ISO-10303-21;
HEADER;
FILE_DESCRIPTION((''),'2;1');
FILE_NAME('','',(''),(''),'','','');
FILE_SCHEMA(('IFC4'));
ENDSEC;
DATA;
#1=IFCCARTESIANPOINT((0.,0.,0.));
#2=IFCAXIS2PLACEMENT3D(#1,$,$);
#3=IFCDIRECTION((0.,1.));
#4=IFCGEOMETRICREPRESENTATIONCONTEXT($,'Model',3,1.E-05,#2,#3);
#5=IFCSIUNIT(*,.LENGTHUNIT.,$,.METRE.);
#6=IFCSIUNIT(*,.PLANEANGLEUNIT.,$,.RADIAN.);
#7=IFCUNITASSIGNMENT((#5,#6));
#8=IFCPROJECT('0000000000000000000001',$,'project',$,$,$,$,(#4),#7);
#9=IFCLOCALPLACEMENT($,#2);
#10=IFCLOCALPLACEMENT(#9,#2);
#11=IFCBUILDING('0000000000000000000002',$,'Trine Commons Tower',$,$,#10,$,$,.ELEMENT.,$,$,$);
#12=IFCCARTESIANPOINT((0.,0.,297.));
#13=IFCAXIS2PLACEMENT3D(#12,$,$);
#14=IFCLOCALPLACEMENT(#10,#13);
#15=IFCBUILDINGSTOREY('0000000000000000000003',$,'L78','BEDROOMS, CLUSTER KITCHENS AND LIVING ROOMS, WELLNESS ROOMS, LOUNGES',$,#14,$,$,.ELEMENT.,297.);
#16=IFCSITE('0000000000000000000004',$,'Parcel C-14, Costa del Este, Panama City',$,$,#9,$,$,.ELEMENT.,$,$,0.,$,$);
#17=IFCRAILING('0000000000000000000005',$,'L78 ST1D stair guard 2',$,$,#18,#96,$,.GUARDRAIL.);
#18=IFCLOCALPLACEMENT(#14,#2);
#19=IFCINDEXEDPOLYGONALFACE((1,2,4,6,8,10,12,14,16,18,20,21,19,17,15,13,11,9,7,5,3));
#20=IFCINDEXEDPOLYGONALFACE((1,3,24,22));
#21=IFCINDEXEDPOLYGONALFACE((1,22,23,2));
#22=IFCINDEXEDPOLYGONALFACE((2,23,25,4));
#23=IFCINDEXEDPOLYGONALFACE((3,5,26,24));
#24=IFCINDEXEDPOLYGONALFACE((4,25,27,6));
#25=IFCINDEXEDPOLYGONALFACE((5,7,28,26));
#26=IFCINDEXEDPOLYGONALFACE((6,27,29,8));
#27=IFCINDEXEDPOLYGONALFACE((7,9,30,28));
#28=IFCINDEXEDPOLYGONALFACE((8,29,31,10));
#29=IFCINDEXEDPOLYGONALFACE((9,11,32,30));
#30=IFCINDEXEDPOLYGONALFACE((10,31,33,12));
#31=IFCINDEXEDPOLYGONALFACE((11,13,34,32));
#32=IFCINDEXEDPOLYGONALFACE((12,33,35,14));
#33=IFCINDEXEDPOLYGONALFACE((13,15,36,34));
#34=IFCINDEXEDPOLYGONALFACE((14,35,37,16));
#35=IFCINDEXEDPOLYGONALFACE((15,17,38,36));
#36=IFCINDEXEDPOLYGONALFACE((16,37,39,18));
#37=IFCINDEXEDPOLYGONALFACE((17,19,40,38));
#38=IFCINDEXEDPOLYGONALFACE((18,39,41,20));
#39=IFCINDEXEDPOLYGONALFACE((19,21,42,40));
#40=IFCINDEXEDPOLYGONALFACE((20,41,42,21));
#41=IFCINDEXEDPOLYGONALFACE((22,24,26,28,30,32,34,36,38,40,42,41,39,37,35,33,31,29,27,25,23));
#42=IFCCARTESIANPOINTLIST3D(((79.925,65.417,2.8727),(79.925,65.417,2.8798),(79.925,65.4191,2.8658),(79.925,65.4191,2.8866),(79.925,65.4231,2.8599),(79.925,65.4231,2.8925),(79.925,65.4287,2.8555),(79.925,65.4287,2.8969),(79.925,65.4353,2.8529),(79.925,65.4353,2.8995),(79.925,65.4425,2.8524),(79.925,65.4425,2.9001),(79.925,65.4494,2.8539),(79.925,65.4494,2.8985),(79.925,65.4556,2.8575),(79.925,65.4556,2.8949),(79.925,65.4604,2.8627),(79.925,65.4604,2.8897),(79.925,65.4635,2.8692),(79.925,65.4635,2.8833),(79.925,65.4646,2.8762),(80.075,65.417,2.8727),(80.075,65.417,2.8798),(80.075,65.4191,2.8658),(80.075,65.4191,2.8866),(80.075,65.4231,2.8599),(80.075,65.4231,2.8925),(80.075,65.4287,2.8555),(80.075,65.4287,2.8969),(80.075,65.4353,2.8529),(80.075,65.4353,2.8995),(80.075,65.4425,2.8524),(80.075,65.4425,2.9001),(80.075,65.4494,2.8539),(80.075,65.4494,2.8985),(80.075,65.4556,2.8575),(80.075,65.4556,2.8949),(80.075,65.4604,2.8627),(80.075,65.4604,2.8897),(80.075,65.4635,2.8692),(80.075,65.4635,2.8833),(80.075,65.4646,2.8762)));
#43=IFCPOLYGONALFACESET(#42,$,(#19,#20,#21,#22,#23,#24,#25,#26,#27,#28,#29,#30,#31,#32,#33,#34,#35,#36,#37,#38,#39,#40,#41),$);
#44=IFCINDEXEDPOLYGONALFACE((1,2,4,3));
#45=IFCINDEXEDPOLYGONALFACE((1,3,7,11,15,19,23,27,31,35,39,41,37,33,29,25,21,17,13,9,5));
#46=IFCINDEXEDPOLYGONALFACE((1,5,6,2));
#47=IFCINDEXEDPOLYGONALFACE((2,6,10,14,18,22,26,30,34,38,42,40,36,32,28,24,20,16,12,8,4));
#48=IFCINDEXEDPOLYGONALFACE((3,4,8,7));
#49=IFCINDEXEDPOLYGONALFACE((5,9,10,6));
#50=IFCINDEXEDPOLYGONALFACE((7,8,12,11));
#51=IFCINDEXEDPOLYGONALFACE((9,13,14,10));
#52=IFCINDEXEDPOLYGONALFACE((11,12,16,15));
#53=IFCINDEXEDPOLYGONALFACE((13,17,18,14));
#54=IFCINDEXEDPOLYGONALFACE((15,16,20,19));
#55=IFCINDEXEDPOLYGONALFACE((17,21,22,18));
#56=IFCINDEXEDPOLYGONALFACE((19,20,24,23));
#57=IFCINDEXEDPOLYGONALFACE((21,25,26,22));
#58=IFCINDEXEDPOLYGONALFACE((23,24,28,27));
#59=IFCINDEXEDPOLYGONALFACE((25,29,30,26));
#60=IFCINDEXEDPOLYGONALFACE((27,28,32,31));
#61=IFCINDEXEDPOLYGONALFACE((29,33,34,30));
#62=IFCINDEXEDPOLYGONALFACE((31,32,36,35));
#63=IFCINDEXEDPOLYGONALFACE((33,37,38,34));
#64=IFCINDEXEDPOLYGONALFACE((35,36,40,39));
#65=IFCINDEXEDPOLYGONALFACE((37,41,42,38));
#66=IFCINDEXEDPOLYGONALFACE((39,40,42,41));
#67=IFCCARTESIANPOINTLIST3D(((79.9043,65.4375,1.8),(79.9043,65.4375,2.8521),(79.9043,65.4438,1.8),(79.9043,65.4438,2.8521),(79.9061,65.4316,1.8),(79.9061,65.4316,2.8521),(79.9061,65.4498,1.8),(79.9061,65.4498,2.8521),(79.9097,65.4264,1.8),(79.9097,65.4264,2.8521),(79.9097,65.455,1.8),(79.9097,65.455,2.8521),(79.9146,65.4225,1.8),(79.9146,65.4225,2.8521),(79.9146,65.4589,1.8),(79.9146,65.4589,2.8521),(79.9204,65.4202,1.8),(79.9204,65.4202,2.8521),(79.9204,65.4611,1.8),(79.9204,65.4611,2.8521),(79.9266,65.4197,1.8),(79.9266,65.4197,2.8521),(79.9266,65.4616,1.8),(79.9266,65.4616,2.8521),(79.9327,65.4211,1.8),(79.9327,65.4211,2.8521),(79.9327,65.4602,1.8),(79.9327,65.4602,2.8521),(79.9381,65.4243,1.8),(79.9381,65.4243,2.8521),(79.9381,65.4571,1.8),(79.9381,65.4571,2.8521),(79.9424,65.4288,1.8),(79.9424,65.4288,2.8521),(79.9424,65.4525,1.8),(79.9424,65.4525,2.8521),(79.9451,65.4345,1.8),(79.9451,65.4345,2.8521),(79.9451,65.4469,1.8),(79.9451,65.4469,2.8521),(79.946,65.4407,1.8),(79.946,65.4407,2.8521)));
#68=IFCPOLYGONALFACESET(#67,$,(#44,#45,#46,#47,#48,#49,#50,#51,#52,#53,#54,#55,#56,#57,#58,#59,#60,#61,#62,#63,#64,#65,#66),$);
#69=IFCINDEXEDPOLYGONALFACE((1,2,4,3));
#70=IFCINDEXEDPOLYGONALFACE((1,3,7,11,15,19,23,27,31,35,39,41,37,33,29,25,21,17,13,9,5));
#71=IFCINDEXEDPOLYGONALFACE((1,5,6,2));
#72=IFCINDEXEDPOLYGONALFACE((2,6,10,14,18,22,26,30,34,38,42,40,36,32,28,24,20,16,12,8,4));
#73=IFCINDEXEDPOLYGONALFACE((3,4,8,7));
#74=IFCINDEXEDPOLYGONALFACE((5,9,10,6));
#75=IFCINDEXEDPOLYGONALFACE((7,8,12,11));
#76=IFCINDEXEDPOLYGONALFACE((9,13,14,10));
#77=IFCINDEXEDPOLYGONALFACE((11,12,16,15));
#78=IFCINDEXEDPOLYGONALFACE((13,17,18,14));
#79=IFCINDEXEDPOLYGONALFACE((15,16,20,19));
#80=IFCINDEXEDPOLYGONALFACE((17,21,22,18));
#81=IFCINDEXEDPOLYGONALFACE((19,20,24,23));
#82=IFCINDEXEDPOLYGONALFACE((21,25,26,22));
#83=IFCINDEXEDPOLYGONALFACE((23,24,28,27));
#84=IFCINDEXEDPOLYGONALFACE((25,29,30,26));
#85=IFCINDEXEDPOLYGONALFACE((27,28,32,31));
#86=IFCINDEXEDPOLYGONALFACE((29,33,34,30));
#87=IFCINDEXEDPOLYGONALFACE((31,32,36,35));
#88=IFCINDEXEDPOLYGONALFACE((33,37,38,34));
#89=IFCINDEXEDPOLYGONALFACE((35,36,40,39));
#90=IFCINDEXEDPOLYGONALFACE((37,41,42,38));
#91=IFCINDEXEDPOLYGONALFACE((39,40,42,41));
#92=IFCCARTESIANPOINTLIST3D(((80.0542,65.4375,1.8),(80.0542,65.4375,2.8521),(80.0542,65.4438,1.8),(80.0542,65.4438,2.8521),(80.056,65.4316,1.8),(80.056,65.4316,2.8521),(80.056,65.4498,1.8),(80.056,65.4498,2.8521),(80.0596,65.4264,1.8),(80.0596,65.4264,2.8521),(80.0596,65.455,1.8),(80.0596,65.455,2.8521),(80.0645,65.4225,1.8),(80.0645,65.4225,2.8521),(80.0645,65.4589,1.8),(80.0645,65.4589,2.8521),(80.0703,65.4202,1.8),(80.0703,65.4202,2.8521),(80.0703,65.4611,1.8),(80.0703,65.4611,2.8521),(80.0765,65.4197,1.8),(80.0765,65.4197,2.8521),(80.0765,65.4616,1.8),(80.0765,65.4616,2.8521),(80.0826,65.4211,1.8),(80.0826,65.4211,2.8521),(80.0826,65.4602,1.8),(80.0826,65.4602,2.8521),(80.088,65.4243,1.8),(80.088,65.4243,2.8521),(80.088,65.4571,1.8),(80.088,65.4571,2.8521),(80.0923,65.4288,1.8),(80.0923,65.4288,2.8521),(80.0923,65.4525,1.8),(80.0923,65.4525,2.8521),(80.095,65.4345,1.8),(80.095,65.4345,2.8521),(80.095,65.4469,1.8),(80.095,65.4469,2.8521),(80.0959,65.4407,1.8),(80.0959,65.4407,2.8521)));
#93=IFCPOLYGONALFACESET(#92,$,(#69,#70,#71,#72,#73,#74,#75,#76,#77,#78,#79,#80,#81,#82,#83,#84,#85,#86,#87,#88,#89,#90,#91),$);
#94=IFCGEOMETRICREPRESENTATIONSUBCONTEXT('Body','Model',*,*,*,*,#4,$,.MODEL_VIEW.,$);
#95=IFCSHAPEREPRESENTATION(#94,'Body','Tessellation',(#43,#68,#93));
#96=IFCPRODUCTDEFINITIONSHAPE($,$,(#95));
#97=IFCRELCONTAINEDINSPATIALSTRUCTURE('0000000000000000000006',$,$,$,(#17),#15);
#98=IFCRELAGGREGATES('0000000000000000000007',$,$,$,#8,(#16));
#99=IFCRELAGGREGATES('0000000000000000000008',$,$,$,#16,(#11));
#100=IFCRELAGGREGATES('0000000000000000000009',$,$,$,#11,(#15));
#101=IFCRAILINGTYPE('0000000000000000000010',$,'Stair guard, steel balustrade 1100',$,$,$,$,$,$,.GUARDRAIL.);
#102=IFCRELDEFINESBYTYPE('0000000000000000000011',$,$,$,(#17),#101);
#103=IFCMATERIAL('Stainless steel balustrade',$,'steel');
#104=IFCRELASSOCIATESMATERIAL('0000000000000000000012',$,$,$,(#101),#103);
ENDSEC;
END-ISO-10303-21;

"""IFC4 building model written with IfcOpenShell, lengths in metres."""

from ifc_helpers import new_model, si_unit, direction, frame, origin, origin_2d, place, context, subcontext, project, spatial, circle, extrude, material, type_object, element, save


model = new_model("IFC4")

# Units and contexts
model_context = context("Model", 3, precision=1e-05, world=origin(), true_north=direction((0.0, 1.0)))
body_context = subcontext(model_context, "Body", "Model", "MODEL_VIEW")
ifc_project = project(units=[si_unit("LENGTHUNIT", "METRE"), si_unit("PLANEANGLEUNIT", "RADIAN")], contexts=[model_context])

# Site, building, storey
site_placement = place(None, origin())
site = spatial("IfcSite", under=ifc_project, at=site_placement, Name="Parcel C-14, Costa del Este, Panama City", CompositionType="ELEMENT", RefElevation=0.0)
building_placement = place(site_placement, origin())
building = spatial("IfcBuilding", under=site, at=building_placement, Name="Trine Commons Tower", CompositionType="ELEMENT")
storey_placement = place(building_placement, frame((0.0, 0.0, 297.0)))
storey = spatial("IfcBuildingStorey", under=building, at=storey_placement, Name="L78", Description="BEDROOMS, CLUSTER KITCHENS AND LIVING ROOMS, WELLNESS ROOMS, LOUNGES", CompositionType="ELEMENT", Elevation=297.0)

# Railing
ifc_material_1 = material(Name="Stainless steel balustrade", Category="steel")
railing_type_1 = type_object("IfcRailingType", Name="Stair guard, steel balustrade 1100", PredefinedType="GUARDRAIL", material=ifc_material_1)
railing_1_placement = place(storey_placement, frame((79.925, 65.4407, 1.8)))
element("IfcRailing", 1, at=railing_1_placement, inside=storey, type_object=railing_type_1, Name="L78 ST1D stair guard 2", PredefinedType="GUARDRAIL", context=body_context, shape_type="SweptSolid", body=[
    extrude(circle(Radius=0.0239, at=origin_2d()), frame((0.0, 0.0, 1.0762), z_axis=(1.0, 0.0, 0.0), x_axis=(0.0, 1.0, 0.0)), (0.0, 0.0, 1.0), 0.1499),
    extrude(circle(Radius=0.021, at=origin_2d()), origin(), (0.0, 0.0, 1.0), 1.052),
    extrude(circle(Radius=0.021, at=origin_2d()), frame((0.1499, 0.0, 0.0)), (0.0, 0.0, 1.0), 1.052),
])

save(model, "model.ifc")
